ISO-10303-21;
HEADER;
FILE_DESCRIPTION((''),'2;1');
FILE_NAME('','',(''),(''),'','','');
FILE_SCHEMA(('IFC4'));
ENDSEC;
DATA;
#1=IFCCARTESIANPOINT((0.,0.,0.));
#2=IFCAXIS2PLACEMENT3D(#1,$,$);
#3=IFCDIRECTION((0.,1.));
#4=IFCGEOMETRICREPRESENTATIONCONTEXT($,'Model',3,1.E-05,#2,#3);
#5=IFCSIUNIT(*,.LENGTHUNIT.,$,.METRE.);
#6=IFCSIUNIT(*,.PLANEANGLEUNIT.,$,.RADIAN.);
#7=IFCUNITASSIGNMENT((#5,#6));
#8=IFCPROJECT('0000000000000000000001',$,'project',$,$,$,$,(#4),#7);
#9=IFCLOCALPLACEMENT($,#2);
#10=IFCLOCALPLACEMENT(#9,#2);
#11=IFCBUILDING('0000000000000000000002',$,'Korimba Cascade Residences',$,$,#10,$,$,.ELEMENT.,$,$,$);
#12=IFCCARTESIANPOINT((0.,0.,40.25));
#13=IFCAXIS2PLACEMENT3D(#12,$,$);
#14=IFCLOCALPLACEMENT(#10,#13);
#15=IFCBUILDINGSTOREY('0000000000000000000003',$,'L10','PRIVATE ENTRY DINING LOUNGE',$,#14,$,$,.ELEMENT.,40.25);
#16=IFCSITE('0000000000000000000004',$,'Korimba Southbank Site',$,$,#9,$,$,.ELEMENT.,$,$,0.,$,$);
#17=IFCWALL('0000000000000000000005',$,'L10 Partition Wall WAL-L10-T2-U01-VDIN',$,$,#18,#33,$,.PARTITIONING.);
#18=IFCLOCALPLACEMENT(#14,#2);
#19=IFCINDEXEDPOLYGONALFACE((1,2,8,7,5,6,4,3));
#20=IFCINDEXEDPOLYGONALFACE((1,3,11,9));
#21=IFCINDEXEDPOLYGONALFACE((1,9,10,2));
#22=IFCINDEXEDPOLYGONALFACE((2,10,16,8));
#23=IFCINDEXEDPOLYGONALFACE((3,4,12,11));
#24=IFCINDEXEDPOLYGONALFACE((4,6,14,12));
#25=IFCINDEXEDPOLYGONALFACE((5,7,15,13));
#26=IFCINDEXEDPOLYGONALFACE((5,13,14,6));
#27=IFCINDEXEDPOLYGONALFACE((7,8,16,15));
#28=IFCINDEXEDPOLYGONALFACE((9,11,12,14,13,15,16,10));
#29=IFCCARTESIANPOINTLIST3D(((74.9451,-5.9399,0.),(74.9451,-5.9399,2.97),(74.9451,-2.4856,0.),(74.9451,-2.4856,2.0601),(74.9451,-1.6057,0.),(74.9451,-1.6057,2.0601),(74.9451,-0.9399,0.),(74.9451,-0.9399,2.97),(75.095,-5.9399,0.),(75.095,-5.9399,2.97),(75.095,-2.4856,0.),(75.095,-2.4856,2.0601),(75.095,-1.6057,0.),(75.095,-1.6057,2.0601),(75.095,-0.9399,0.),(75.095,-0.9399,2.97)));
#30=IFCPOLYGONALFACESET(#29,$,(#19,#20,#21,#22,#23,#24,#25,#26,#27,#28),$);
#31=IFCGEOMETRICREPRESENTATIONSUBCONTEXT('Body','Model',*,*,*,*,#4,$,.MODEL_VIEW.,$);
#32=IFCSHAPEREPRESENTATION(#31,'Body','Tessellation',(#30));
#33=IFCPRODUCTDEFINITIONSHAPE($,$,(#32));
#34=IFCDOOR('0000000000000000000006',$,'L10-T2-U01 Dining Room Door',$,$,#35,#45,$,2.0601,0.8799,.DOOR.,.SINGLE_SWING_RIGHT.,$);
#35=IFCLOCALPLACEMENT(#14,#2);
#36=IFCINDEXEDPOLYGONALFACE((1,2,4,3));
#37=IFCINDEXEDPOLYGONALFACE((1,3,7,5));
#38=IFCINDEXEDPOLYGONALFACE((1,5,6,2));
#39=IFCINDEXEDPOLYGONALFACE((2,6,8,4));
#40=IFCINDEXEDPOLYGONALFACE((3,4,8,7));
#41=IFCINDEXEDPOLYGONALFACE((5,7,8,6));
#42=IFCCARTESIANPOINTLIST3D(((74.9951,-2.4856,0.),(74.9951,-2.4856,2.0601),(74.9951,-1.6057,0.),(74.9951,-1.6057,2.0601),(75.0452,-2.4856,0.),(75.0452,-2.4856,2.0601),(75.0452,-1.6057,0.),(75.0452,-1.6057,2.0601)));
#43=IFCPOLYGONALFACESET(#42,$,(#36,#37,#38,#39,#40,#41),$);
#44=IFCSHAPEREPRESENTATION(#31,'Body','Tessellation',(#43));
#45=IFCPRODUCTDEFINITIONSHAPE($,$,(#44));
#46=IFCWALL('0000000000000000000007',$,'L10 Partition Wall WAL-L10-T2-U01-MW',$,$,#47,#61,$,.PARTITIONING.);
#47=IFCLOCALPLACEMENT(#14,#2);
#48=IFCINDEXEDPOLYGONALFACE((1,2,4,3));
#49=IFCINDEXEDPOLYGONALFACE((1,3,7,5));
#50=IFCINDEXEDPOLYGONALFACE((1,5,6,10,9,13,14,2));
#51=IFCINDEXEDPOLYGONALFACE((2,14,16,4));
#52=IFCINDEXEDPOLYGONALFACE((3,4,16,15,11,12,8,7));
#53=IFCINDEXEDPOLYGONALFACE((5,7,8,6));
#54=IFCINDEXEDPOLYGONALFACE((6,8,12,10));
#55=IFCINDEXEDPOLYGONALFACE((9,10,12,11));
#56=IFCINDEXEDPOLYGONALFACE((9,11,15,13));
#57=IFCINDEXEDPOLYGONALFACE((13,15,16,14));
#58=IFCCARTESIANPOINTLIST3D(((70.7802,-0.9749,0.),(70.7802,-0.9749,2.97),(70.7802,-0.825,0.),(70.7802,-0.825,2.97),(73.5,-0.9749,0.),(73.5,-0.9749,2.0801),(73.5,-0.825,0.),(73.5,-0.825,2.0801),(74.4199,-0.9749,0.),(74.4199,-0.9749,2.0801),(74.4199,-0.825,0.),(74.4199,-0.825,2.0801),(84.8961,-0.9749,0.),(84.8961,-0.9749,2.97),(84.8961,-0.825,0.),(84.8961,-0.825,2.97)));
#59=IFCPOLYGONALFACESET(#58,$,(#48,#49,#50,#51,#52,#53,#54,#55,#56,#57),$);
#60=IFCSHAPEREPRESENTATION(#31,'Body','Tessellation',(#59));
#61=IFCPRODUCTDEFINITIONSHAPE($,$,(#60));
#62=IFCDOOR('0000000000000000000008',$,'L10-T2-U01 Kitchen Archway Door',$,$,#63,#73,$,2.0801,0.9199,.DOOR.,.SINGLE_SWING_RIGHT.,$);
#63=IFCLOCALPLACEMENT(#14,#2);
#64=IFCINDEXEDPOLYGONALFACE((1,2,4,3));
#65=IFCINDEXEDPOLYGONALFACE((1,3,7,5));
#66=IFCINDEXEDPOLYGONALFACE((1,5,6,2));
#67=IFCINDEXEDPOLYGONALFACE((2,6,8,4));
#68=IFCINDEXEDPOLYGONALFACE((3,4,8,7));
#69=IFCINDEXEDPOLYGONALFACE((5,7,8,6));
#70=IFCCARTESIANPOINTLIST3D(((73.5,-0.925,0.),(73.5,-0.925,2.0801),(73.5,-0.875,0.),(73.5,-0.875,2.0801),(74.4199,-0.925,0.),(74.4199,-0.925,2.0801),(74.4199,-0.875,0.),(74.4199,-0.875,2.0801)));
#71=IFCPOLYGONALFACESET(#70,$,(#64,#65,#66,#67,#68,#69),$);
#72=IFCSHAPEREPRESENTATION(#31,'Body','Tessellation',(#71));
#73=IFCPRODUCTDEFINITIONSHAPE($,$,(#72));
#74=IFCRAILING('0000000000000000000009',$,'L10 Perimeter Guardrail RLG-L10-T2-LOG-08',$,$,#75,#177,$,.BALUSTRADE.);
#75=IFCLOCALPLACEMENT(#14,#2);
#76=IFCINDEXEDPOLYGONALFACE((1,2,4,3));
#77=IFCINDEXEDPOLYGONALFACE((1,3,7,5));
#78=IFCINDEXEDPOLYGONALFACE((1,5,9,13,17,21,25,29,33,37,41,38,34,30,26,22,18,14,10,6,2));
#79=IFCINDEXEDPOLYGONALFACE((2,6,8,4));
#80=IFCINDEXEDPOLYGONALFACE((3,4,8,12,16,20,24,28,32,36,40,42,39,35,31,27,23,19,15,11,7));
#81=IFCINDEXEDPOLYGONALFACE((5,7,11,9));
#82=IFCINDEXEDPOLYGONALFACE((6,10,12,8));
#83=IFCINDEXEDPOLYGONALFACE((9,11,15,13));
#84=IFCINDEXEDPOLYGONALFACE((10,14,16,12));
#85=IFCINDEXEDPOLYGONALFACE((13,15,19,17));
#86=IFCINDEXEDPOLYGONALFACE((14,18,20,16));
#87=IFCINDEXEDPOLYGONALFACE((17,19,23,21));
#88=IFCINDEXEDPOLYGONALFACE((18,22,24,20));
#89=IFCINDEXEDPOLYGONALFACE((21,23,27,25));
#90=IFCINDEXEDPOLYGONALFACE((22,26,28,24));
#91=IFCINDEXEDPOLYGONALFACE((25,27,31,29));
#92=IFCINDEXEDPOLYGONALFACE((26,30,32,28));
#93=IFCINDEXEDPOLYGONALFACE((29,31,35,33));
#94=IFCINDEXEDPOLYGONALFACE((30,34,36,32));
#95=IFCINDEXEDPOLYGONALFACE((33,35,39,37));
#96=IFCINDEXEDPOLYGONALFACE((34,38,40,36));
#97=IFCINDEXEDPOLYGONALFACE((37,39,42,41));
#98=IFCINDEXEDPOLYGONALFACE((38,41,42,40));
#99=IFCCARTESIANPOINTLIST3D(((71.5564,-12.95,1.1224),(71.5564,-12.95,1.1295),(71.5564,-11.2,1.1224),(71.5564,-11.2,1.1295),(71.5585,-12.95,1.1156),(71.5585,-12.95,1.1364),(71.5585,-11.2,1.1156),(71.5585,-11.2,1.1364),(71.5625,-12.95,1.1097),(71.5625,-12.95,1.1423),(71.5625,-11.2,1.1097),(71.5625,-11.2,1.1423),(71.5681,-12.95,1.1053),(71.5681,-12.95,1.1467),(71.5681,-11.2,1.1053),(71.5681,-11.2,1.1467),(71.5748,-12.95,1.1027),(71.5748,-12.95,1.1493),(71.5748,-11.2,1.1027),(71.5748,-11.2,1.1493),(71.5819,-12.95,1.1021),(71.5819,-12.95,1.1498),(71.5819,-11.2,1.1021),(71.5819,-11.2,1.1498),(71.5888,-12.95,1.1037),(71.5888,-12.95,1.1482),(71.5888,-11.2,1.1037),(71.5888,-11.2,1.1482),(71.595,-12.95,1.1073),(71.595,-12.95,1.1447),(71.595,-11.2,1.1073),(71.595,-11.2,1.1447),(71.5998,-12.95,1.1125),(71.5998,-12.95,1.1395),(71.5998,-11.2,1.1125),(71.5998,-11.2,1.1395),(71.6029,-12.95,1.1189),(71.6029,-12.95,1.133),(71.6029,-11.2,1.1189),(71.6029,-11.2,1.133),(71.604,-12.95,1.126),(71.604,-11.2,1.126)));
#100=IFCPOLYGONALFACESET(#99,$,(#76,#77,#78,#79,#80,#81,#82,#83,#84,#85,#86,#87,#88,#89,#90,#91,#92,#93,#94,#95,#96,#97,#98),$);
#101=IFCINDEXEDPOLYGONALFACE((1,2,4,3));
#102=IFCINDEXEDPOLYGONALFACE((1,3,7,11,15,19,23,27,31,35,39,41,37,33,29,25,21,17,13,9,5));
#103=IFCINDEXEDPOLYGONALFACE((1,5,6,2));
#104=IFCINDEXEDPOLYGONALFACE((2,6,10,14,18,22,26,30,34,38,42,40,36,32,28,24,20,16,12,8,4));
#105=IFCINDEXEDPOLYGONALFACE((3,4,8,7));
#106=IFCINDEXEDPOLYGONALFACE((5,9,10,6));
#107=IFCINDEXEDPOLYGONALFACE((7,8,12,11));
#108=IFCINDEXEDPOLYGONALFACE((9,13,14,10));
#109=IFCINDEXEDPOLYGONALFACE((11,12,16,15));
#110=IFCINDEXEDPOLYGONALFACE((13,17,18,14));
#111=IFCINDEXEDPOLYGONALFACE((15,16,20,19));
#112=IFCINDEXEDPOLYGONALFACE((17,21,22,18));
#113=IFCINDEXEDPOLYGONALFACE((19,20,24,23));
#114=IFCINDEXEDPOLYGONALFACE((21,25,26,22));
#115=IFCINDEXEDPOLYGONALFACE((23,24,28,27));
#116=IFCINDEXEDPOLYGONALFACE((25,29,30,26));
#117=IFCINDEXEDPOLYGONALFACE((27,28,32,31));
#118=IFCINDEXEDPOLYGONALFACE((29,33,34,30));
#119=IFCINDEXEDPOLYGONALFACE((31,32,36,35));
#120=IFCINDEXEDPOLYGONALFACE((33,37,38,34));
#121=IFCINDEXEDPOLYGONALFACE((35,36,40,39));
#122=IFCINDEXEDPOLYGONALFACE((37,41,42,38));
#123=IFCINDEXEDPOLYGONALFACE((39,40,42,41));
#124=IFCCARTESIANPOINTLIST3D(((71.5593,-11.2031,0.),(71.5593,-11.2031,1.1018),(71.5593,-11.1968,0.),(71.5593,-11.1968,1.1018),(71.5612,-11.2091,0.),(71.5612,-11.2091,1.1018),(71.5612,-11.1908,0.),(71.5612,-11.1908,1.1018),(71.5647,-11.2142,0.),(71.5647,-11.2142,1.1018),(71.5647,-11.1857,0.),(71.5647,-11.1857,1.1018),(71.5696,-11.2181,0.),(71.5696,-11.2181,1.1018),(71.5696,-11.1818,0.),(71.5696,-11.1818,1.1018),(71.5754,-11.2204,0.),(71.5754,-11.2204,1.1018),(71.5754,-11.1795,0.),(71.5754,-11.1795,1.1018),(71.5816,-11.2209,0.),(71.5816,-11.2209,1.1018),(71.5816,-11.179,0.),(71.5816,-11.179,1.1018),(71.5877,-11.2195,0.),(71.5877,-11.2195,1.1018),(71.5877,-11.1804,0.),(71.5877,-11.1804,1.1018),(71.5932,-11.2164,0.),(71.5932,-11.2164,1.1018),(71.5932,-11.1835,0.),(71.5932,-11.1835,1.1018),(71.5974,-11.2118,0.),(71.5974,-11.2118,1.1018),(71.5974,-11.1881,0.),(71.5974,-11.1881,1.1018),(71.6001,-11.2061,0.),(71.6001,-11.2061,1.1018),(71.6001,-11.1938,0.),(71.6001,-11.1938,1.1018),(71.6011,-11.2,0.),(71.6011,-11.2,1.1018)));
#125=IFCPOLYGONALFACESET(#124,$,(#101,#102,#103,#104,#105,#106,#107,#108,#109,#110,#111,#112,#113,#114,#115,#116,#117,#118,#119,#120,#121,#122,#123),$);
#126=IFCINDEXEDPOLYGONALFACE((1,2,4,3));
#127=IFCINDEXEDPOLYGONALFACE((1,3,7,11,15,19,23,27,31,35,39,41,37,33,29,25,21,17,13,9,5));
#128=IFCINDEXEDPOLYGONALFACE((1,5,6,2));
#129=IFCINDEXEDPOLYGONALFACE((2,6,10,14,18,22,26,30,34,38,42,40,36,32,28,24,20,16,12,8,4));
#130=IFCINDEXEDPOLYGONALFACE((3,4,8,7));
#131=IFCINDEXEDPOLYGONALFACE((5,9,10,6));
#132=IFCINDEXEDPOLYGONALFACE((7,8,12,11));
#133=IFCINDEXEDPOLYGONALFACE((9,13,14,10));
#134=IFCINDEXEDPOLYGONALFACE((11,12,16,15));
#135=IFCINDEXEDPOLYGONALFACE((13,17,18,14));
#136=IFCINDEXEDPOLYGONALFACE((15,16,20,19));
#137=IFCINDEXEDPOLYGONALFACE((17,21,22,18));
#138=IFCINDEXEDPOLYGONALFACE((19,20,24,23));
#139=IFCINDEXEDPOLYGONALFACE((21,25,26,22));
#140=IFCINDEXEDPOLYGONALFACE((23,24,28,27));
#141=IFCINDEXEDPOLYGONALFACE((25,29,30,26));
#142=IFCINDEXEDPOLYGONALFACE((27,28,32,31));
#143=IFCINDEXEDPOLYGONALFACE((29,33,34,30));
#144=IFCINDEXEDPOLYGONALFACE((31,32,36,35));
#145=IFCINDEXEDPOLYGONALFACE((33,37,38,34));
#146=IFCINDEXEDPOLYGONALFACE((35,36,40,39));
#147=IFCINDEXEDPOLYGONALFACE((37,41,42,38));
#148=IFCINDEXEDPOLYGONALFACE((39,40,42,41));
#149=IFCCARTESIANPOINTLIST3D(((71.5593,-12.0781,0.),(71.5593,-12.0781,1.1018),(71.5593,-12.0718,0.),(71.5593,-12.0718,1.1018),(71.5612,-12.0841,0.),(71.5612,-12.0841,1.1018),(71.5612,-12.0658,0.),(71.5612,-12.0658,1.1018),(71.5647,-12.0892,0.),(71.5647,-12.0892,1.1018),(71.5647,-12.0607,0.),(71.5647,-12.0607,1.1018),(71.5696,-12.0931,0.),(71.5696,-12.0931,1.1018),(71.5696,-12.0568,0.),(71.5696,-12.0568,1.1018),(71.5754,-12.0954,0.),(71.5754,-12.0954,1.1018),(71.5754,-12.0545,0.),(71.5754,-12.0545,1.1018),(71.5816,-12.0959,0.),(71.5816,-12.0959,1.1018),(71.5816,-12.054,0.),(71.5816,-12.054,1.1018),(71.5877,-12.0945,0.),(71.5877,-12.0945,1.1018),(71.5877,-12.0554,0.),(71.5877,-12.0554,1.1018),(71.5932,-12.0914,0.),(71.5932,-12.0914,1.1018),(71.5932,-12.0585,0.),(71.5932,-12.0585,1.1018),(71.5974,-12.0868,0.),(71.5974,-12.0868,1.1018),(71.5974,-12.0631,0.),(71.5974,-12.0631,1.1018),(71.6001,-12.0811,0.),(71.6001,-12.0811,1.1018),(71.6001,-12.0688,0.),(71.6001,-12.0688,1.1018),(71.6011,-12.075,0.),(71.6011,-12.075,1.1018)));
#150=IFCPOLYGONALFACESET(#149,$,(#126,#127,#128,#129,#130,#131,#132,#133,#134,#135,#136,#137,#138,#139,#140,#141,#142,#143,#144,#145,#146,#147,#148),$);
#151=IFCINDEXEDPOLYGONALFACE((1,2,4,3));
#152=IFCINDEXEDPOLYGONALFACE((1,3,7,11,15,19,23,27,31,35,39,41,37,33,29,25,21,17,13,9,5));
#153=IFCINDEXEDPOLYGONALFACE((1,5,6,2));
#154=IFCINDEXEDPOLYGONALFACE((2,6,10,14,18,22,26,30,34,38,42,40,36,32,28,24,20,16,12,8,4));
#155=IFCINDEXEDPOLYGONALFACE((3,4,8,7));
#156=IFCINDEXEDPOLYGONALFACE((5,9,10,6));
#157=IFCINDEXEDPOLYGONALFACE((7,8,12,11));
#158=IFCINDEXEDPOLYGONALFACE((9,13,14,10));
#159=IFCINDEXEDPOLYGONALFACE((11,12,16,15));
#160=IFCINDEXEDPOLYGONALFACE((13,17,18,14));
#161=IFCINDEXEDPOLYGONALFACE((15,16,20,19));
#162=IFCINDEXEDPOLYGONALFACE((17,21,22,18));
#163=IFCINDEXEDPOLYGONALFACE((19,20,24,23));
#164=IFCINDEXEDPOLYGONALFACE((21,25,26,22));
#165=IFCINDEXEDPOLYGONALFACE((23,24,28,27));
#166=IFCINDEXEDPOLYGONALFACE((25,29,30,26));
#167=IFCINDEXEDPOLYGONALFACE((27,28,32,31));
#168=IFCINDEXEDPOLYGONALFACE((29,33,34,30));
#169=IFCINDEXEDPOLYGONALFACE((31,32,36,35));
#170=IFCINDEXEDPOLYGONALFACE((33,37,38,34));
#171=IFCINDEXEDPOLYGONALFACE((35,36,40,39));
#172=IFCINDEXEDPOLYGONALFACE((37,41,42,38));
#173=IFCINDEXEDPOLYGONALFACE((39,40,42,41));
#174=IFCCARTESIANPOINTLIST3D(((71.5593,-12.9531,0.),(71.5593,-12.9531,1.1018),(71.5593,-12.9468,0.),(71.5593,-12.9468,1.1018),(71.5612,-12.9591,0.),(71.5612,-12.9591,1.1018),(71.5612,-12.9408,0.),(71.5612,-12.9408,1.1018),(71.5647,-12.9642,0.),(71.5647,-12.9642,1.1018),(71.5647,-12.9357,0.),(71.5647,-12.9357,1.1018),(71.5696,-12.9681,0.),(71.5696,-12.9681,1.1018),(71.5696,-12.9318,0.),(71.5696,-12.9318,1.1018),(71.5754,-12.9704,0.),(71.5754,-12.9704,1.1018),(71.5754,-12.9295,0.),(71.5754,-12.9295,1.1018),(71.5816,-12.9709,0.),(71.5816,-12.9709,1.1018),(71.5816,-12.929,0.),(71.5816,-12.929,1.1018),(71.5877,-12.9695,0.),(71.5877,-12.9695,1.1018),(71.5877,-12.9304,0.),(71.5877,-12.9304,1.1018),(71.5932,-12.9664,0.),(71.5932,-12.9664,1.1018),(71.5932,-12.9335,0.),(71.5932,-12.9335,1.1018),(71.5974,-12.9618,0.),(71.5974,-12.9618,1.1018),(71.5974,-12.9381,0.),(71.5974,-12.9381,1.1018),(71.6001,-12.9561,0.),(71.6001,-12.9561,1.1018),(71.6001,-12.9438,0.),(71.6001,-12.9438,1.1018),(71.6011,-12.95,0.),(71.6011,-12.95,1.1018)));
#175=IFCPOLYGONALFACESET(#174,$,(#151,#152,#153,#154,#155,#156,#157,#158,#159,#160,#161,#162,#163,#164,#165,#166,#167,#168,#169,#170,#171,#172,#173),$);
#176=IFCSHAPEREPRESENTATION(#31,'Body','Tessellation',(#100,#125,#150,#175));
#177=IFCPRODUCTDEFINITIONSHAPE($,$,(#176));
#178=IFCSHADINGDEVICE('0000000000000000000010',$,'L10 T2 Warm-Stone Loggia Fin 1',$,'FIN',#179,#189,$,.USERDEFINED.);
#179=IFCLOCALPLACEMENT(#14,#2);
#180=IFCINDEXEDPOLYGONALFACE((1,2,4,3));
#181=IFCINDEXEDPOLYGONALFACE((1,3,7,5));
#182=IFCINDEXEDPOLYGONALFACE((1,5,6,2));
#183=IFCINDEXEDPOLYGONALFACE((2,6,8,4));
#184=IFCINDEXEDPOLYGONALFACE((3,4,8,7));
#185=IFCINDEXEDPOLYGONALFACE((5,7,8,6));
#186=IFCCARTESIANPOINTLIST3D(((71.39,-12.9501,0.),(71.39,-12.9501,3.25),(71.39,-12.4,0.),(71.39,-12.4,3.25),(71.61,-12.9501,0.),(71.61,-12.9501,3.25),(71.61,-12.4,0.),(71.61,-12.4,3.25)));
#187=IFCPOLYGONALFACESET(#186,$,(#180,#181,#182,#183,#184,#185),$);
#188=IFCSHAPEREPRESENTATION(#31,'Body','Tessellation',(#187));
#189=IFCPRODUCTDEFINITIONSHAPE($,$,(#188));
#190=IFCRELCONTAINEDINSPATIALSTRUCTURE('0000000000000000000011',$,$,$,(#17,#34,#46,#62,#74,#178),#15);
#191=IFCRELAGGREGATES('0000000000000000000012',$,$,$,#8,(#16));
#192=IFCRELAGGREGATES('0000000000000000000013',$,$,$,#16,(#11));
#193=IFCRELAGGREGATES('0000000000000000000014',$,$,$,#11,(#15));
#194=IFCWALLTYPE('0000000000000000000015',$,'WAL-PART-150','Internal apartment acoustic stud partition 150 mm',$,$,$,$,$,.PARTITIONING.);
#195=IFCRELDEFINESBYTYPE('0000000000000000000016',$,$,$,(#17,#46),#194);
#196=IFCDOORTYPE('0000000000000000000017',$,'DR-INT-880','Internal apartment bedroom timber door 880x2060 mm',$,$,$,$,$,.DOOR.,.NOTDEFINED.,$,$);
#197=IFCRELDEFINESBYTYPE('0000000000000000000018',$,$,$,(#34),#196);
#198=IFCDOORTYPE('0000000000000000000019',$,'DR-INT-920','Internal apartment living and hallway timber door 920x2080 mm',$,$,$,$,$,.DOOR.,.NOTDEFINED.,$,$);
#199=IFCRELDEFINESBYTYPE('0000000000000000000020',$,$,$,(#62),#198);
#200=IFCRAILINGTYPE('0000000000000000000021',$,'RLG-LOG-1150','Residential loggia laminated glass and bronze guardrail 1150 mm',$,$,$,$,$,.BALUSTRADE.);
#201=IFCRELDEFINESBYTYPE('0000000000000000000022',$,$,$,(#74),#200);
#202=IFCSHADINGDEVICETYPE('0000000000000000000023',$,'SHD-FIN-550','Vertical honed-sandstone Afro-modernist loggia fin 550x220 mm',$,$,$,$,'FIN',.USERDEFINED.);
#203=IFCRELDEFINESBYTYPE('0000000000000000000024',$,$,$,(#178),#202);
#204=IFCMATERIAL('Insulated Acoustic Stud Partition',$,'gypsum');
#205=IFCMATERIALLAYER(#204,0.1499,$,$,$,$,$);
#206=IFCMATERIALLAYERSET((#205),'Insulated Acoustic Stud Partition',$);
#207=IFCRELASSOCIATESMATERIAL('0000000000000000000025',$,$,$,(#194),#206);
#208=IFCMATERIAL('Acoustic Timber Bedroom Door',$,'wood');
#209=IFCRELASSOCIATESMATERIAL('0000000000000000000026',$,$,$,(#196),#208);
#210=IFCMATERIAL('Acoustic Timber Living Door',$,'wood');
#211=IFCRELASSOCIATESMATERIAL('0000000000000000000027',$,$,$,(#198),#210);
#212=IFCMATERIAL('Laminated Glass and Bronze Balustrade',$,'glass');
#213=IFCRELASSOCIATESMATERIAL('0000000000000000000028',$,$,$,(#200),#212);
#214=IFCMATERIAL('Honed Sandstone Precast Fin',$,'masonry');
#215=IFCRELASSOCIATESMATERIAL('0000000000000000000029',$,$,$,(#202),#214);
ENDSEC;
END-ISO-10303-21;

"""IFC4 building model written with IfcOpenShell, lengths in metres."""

from ifc_helpers import new_model, si_unit, direction, frame, frame_2d, origin, origin_2d, place, context, subcontext, project, spatial, rectangle, circle, extrude, material, layer, layer_set, type_object, element, fill, save


model = new_model("IFC4")

# Units and contexts
model_context = context("Model", 3, precision=1e-05, world=origin(), true_north=direction((0.0, 1.0)))
body_context = subcontext(model_context, "Body", "Model", "MODEL_VIEW")
ifc_project = project(units=[si_unit("LENGTHUNIT", "METRE"), si_unit("PLANEANGLEUNIT", "RADIAN")], contexts=[model_context])

# Site, building, storey
site_placement = place(None, origin())
site = spatial("IfcSite", under=ifc_project, at=site_placement, Name="Korimba Southbank Site", CompositionType="ELEMENT", RefElevation=0.0)
building_placement = place(site_placement, origin())
building = spatial("IfcBuilding", under=site, at=building_placement, Name="Korimba Cascade Residences", CompositionType="ELEMENT")
storey_placement = place(building_placement, frame((0.0, 0.0, 40.25)))
storey = spatial("IfcBuildingStorey", under=building, at=storey_placement, Name="L10", Description="PRIVATE ENTRY DINING LOUNGE", CompositionType="ELEMENT", Elevation=40.25)

# Walls, openings, doors
ifc_material_1 = material(Name="Insulated Acoustic Stud Partition", Category="gypsum")
ifc_layer_1 = layer(ifc_material_1, 0.1499)
ifc_layer_set_1 = layer_set([ifc_layer_1], Name="Insulated Acoustic Stud Partition")
wall_type_1 = type_object("IfcWallType", Name="WAL-PART-150", Description="Internal apartment acoustic stud partition 150 mm", PredefinedType="PARTITIONING", material=ifc_layer_set_1)
ifc_material_2 = material(Name="Acoustic Timber Bedroom Door", Category="wood")
door_type_1 = type_object("IfcDoorType", Name="DR-INT-880", Description="Internal apartment bedroom timber door 880x2060 mm", OperationType="NOTDEFINED", PredefinedType="DOOR", material=ifc_material_2)
wall_1_placement = place(storey_placement, frame((75.02, -5.9399, 0.0), z_axis=(0.0, 0.0, 1.0), x_axis=(0.0, 1.0, 0.0)))
wall_1 = element("IfcWall", 1, at=wall_1_placement, inside=storey, type_object=wall_type_1, Name="L10 Partition Wall WAL-L10-T2-U01-VDIN", PredefinedType="PARTITIONING", context=body_context, shape_type="SweptSolid", body=[
    extrude(rectangle(XDim=5.0, YDim=0.1499, at=frame_2d((2.5, 0.0))), origin(), (0.0, 0.0, 1.0), 2.97),
])
opening_1_placement = place(wall_1_placement, frame((3.4543, 0.0, 0.0)))
opening_1 = element("IfcOpeningElement", 2, at=opening_1_placement, cuts=wall_1, PredefinedType="OPENING", context=body_context, shape_type="SweptSolid", body=[
    extrude(rectangle(XDim=0.8799, YDim=2.0601, at=frame_2d((0.4399, 1.03))), frame((0.0, 0.085, 0.0), z_axis=(0.0, -1.0, 0.0), x_axis=(1.0, 0.0, 0.0)), (0.0, 0.0, 1.0), 0.1699),
])
door_1_placement = place(opening_1_placement, origin())
door_1 = element("IfcDoor", 3, at=door_1_placement, inside=storey, type_object=door_type_1, Name="L10-T2-U01 Dining Room Door", OperationType="SINGLE_SWING_RIGHT", OverallHeight=2.0601, OverallWidth=0.8799, PredefinedType="DOOR", context=body_context, shape_type="SweptSolid", body=[
    extrude(rectangle(XDim=0.8799, YDim=2.0601, at=frame_2d((0.4399, 1.03))), frame((0.0, 0.0249, 0.0), z_axis=(0.0, -1.0, 0.0), x_axis=(1.0, 0.0, 0.0)), (0.0, 0.0, 1.0), 0.05),
])
fill(opening_1, door_1)
wall_2_placement = place(storey_placement, frame((70.78, -0.8999, 0.0), z_axis=(0.0, 0.0, 1.0), x_axis=(1.0, 0.0, 0.0)))
wall_2 = element("IfcWall", 4, at=wall_2_placement, inside=storey, type_object=wall_type_1, Name="L10 Partition Wall WAL-L10-T2-U01-MW", PredefinedType="PARTITIONING", context=body_context, shape_type="SweptSolid", body=[
    extrude(rectangle(XDim=14.116, YDim=0.1499, at=frame_2d((7.0581, 0.0))), origin(), (0.0, 0.0, 1.0), 2.97),
])
opening_2_placement = place(wall_2_placement, frame((2.72, 0.0, 0.0)))
opening_2 = element("IfcOpeningElement", 5, at=opening_2_placement, cuts=wall_2, PredefinedType="OPENING", context=body_context, shape_type="SweptSolid", body=[
    extrude(rectangle(XDim=0.9199, YDim=2.0801, at=frame_2d((0.46, 1.04))), frame((0.0, 0.085, 0.0), z_axis=(0.0, -1.0, 0.0), x_axis=(1.0, 0.0, 0.0)), (0.0, 0.0, 1.0), 0.1699),
])
ifc_material_3 = material(Name="Acoustic Timber Living Door", Category="wood")
door_type_2 = type_object("IfcDoorType", Name="DR-INT-920", Description="Internal apartment living and hallway timber door 920x2080 mm", OperationType="NOTDEFINED", PredefinedType="DOOR", material=ifc_material_3)
door_2_placement = place(opening_2_placement, origin())
door_2 = element("IfcDoor", 6, at=door_2_placement, inside=storey, type_object=door_type_2, Name="L10-T2-U01 Kitchen Archway Door", OperationType="SINGLE_SWING_RIGHT", OverallHeight=2.0801, OverallWidth=0.9199, PredefinedType="DOOR", context=body_context, shape_type="SweptSolid", body=[
    extrude(rectangle(XDim=0.9199, YDim=2.0801, at=frame_2d((0.46, 1.04))), frame((0.0, 0.0249, 0.0), z_axis=(0.0, -1.0, 0.0), x_axis=(1.0, 0.0, 0.0)), (0.0, 0.0, 1.0), 0.05),
])
fill(opening_2, door_2)

# Railing
ifc_material_4 = material(Name="Laminated Glass and Bronze Balustrade", Category="glass")
railing_type = type_object("IfcRailingType", Name="RLG-LOG-1150", Description="Residential loggia laminated glass and bronze guardrail 1150 mm", PredefinedType="BALUSTRADE", material=ifc_material_4)
railing_1_placement = place(storey_placement, frame((71.5801, -11.2, 0.0)))
element("IfcRailing", 7, at=railing_1_placement, inside=storey, type_object=railing_type, Name="L10 Perimeter Guardrail RLG-L10-T2-LOG-08", PredefinedType="BALUSTRADE", context=body_context, shape_type="SweptSolid", body=[
    extrude(circle(Radius=0.0239, at=origin_2d()), frame((0.0, 0.0, 1.126), z_axis=(0.0, -1.0, 0.0), x_axis=(1.0, 0.0, 0.0)), (0.0, 0.0, 1.0), 1.75),
    extrude(circle(Radius=0.021, at=origin_2d()), origin(), (0.0, 0.0, 1.0), 1.1018),
    extrude(circle(Radius=0.021, at=origin_2d()), frame((0.0, -0.875, 0.0)), (0.0, 0.0, 1.0), 1.1018),
    extrude(circle(Radius=0.021, at=origin_2d()), frame((0.0, -1.75, 0.0)), (0.0, 0.0, 1.0), 1.1018),
])

# Shading device
ifc_material_5 = material(Name="Honed Sandstone Precast Fin", Category="masonry")
shading_device_type = type_object("IfcShadingDeviceType", Name="SHD-FIN-550", Description="Vertical honed-sandstone Afro-modernist loggia fin 550x220 mm", ElementType="FIN", PredefinedType="USERDEFINED", material=ifc_material_5)
shading_device_placement = place(storey_placement, frame((71.5, -12.675, 0.0), z_axis=(0.0, 0.0, 1.0), x_axis=(1.0, 0.0, 0.0)))
element("IfcShadingDevice", 8, at=shading_device_placement, inside=storey, type_object=shading_device_type, Name="L10 T2 Warm-Stone Loggia Fin 1", ObjectType="FIN", PredefinedType="USERDEFINED", context=body_context, shape_type="SweptSolid", body=[
    extrude(rectangle(XDim=0.22, YDim=0.55, at=origin_2d()), origin(), (0.0, 0.0, 1.0), 3.25),
])

save(model, "model.ifc")
